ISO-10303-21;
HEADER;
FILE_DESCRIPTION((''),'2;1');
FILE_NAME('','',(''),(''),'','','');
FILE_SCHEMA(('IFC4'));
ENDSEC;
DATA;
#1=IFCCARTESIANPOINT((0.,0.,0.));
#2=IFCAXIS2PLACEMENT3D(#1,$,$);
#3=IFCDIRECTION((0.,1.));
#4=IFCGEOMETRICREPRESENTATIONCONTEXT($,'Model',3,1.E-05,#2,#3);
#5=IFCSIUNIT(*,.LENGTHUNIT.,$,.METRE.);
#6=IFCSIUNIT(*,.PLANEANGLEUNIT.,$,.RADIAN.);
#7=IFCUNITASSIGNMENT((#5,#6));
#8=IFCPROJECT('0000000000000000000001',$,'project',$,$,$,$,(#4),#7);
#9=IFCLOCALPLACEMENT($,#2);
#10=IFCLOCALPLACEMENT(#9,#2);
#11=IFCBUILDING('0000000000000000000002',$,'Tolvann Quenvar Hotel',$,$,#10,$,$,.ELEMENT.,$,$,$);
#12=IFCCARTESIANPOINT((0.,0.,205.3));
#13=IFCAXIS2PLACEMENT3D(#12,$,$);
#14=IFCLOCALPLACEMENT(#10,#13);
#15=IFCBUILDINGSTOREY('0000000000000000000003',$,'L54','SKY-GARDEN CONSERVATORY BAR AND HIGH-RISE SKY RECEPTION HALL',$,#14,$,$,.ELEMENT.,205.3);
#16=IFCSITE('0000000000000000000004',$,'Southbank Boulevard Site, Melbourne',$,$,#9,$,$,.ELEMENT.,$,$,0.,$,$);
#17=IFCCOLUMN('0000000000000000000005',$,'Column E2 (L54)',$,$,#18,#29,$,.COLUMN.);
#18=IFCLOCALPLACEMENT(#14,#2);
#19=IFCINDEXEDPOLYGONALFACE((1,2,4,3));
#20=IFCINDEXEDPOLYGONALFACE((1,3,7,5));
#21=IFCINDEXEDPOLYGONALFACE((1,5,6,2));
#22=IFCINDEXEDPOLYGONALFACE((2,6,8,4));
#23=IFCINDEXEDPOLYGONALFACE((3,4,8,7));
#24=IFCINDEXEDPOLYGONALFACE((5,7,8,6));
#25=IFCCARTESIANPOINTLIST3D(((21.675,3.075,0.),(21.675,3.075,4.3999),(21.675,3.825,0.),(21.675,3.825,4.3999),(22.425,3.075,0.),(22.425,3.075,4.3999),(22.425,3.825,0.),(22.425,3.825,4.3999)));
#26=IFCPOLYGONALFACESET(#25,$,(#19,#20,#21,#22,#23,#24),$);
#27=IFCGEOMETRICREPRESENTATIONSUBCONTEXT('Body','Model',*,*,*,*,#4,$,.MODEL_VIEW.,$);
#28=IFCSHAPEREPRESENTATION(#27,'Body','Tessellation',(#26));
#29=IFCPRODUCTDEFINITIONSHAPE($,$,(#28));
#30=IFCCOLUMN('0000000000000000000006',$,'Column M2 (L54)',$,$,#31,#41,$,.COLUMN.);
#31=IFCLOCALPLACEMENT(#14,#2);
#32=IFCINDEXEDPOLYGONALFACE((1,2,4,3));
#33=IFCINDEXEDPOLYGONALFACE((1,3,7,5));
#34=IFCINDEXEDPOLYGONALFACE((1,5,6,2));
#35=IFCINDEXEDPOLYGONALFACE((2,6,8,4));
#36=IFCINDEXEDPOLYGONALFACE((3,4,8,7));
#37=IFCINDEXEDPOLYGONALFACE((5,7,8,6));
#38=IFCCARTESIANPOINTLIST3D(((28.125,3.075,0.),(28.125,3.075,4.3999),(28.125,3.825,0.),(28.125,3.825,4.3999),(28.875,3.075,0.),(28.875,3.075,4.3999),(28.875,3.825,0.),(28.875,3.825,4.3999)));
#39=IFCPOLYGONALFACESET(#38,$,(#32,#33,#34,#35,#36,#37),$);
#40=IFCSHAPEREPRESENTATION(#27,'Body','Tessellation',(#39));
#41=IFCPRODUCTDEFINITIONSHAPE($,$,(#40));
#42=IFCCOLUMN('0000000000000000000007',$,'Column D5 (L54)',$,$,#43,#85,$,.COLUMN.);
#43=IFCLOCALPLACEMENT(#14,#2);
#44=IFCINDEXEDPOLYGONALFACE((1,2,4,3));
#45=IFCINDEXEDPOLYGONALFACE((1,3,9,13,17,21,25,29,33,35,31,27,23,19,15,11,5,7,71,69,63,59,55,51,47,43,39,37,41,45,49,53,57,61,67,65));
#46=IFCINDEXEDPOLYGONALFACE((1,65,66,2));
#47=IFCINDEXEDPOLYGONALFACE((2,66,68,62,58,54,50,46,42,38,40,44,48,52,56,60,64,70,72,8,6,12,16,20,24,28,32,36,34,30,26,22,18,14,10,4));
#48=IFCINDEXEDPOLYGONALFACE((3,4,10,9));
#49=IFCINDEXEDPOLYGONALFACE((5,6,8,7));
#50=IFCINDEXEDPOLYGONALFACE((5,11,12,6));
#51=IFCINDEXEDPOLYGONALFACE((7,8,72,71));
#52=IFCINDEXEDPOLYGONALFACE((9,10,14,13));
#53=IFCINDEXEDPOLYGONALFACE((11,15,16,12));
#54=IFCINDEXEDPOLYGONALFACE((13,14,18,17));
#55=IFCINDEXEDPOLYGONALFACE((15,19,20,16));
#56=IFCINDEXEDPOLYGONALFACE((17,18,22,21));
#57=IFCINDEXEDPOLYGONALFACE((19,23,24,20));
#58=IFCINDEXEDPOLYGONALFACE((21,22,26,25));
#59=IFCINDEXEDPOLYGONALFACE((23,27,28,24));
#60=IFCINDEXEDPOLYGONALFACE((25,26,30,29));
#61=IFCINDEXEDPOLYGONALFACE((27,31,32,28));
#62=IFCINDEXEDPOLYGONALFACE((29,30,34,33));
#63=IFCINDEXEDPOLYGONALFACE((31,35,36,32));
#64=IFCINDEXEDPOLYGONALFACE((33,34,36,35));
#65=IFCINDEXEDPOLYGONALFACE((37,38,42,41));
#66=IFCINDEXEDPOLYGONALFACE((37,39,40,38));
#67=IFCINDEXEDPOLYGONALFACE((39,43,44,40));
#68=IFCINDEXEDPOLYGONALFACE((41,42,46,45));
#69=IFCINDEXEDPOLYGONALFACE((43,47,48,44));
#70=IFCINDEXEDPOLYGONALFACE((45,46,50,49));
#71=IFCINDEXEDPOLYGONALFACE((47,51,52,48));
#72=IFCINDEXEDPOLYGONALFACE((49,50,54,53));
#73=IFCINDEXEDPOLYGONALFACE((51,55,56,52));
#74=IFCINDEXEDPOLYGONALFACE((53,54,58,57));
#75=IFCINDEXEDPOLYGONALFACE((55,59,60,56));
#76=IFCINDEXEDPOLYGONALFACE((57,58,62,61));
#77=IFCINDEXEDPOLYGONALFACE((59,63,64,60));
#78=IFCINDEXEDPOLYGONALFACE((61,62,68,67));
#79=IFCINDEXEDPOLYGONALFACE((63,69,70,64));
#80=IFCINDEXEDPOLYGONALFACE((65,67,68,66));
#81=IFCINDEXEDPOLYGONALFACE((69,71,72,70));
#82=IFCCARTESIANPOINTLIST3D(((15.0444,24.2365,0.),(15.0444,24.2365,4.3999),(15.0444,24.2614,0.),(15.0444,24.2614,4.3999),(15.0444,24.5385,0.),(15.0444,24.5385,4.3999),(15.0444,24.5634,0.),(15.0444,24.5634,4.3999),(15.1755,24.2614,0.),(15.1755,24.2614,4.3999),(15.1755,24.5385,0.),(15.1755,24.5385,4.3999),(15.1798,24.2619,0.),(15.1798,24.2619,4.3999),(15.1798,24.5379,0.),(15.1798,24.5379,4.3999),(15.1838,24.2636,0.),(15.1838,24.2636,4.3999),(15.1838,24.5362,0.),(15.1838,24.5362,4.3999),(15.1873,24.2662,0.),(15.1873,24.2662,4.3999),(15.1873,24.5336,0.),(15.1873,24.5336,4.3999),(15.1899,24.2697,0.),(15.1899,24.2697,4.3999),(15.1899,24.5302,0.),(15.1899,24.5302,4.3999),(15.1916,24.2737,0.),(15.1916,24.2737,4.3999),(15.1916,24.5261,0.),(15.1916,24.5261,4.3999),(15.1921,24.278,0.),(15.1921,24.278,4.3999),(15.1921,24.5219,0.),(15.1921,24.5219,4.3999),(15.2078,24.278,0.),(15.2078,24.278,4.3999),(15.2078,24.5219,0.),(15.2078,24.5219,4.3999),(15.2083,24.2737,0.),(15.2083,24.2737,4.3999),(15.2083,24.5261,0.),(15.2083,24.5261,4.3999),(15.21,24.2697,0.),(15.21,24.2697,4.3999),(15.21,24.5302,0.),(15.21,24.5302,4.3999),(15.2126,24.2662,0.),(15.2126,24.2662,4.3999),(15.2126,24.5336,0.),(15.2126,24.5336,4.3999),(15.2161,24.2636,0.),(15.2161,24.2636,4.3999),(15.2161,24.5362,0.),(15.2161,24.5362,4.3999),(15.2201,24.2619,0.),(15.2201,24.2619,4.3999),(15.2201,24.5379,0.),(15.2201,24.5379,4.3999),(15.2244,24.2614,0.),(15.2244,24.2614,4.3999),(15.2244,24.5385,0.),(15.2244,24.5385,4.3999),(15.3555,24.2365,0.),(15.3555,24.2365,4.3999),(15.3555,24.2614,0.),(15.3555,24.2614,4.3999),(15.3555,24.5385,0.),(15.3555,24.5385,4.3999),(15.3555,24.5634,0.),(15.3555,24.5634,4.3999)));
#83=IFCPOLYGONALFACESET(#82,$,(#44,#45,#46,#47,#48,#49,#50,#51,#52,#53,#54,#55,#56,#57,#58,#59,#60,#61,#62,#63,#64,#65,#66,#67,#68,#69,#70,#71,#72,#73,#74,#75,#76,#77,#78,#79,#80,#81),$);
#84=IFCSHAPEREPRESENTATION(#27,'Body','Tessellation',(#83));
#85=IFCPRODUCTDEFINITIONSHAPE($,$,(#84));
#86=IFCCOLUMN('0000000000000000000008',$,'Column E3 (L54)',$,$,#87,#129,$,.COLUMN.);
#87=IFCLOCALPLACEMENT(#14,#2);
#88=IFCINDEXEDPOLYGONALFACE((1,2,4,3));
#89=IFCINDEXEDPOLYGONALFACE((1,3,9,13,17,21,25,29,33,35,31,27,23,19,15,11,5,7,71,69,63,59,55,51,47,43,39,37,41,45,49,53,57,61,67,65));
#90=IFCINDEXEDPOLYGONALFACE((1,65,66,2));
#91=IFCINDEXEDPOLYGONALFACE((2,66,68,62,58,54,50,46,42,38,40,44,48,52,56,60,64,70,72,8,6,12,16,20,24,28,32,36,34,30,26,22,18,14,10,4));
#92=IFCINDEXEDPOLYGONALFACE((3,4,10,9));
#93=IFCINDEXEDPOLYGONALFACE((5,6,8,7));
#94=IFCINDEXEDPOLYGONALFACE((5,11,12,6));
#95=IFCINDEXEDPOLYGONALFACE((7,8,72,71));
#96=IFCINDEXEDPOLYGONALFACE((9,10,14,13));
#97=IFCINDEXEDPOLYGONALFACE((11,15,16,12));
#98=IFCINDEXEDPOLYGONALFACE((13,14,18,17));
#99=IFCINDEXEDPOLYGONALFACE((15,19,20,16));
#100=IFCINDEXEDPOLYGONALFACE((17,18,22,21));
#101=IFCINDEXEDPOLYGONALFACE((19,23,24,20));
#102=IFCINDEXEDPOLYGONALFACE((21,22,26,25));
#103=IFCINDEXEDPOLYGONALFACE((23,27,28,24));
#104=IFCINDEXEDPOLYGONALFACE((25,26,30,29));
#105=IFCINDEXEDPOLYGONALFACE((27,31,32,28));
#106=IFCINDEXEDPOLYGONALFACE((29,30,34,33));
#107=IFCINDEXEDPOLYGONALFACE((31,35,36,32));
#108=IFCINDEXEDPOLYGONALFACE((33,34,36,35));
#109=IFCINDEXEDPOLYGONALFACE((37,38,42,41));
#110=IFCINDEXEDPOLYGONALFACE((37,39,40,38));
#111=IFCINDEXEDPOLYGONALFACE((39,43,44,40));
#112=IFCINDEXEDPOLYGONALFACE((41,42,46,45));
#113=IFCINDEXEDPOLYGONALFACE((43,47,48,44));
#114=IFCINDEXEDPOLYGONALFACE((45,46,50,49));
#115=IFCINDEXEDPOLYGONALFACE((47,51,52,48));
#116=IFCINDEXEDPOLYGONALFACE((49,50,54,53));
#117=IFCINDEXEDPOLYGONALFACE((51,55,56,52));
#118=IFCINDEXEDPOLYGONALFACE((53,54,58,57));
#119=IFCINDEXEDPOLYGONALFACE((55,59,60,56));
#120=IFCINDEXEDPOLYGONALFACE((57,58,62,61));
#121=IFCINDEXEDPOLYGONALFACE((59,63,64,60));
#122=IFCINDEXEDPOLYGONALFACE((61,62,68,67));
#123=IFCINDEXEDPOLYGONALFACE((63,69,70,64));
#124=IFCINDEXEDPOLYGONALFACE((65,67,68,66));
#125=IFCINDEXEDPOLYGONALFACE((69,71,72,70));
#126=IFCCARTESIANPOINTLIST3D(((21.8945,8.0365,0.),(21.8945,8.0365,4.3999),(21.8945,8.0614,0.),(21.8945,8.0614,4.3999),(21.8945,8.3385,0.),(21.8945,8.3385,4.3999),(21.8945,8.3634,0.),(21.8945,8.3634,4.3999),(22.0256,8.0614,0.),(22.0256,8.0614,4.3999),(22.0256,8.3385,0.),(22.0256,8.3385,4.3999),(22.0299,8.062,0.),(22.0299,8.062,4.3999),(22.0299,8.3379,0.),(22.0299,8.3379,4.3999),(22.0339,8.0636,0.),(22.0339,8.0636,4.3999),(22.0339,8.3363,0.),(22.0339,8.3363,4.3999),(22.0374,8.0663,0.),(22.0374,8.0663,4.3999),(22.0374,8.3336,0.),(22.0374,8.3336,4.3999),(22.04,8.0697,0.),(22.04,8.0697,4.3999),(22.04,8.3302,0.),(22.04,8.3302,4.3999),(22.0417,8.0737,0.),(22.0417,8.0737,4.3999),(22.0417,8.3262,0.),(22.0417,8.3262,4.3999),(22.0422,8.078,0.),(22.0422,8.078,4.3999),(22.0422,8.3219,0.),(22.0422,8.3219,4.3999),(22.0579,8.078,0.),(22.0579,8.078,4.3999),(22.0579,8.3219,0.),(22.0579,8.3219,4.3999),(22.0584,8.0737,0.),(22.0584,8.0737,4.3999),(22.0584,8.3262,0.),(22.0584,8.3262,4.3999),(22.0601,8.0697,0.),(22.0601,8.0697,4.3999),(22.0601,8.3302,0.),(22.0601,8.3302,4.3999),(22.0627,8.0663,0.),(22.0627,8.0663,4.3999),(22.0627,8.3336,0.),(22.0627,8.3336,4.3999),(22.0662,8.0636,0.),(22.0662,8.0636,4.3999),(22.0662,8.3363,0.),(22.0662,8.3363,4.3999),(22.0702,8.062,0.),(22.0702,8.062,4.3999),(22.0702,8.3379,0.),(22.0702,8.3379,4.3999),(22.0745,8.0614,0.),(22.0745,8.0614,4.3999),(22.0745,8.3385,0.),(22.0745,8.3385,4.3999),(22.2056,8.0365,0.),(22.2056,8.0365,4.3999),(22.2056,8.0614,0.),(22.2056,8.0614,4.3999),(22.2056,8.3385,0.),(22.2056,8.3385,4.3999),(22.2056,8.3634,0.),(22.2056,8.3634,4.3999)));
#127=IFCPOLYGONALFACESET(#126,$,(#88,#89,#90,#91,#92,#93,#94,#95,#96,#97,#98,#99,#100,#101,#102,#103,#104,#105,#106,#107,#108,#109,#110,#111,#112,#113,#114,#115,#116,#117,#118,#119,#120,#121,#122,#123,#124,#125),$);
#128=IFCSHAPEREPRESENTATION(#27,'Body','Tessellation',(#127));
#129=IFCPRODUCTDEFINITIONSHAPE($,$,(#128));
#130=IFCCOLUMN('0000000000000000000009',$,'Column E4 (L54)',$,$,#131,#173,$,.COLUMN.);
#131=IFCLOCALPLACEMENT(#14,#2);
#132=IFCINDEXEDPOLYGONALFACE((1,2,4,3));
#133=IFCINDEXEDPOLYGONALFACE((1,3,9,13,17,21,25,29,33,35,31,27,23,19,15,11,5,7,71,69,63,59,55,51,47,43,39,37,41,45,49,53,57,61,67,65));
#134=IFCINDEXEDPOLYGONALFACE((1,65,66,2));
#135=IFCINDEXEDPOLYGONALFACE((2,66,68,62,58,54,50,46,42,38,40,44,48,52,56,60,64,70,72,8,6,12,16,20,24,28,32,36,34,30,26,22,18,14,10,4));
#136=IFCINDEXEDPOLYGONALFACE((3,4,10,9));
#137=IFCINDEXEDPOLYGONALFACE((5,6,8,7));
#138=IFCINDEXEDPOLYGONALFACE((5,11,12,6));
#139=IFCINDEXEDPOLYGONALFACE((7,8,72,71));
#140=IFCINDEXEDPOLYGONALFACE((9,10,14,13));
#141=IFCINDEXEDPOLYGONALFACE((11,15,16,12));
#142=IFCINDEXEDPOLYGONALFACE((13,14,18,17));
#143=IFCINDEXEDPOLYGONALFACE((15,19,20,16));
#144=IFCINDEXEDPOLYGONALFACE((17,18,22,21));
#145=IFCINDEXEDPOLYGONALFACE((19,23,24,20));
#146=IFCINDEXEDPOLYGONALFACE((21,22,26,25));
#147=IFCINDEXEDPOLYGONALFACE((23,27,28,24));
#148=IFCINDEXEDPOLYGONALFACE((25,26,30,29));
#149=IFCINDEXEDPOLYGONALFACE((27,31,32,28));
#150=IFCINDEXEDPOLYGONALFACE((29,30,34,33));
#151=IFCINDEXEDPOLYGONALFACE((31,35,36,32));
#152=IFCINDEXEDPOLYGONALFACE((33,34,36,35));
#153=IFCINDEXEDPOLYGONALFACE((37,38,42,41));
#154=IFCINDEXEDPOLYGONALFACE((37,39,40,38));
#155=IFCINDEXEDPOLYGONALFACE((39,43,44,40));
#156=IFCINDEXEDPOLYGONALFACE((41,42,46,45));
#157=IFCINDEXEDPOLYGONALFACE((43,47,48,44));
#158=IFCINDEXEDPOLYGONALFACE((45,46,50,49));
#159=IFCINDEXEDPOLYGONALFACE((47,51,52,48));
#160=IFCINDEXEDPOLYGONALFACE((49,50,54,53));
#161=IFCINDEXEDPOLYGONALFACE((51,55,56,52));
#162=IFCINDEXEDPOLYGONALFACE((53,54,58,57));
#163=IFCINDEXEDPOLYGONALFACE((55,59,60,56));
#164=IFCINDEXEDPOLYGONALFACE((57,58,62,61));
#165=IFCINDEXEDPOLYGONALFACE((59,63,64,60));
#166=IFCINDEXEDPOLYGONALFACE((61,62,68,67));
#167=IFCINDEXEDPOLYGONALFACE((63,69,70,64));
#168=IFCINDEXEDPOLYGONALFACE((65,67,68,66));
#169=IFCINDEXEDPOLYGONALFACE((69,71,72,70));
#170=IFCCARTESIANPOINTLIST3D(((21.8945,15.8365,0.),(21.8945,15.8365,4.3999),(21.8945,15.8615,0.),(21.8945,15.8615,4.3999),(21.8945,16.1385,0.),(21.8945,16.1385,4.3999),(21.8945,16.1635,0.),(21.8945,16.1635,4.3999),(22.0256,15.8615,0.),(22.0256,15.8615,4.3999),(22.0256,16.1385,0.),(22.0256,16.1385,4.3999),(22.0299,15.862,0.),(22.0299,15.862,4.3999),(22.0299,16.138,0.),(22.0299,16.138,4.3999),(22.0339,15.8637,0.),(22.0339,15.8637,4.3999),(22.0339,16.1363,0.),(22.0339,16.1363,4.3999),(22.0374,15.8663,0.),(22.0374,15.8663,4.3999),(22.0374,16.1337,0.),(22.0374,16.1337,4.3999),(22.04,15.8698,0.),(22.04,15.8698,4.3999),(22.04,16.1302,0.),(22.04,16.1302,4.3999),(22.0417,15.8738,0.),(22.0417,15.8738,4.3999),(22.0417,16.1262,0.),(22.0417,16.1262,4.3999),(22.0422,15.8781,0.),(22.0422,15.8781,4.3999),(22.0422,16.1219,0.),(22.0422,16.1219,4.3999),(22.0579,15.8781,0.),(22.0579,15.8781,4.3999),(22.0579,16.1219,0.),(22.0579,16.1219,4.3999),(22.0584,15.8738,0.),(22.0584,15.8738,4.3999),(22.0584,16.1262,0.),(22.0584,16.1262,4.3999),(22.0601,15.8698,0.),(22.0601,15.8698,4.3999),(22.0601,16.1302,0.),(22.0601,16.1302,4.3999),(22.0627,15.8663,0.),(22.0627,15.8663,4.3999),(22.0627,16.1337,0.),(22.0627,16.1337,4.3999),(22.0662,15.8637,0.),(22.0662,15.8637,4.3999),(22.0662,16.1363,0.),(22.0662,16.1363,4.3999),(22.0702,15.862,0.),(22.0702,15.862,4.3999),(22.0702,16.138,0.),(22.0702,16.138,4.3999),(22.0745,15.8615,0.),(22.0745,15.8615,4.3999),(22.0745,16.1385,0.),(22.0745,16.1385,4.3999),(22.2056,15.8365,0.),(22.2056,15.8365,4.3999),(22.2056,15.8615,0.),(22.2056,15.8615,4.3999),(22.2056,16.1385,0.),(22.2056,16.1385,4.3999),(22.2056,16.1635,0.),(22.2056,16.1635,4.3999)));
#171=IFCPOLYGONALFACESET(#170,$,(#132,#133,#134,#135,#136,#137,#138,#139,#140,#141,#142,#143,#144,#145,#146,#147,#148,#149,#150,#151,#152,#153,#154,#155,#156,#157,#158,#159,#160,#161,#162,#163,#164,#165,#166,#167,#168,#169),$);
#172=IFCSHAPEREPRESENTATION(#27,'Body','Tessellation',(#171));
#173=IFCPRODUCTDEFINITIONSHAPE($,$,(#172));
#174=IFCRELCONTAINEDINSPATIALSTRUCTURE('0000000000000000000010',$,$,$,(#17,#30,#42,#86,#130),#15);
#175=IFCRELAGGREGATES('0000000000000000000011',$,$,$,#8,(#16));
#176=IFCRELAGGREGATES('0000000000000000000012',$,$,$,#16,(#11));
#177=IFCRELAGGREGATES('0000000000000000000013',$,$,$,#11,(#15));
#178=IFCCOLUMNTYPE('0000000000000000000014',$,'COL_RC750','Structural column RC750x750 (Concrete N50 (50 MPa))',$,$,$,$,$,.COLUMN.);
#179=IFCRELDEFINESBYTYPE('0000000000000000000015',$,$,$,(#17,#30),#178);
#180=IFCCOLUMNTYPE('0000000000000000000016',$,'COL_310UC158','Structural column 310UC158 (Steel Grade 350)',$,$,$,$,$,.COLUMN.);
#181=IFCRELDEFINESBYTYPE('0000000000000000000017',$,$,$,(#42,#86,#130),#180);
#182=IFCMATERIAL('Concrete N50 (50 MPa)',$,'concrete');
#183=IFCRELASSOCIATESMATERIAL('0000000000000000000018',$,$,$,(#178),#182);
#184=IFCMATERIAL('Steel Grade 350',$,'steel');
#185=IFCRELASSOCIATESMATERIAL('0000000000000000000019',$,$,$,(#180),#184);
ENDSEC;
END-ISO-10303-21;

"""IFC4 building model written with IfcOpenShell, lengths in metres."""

from ifc_helpers import new_model, si_unit, direction, frame, origin, origin_2d, place, context, subcontext, project, spatial, rectangle, i_section, extrude, source, transform, mapped, material, material_profile, profile_set, type_object, type_shapes, element, save


model = new_model("IFC4")

# Units and contexts
model_context = context("Model", 3, precision=1e-05, world=origin(), true_north=direction((0.0, 1.0)))
body_context = subcontext(model_context, "Body", "Model", "MODEL_VIEW")
ifc_project = project(units=[si_unit("LENGTHUNIT", "METRE"), si_unit("PLANEANGLEUNIT", "RADIAN")], contexts=[model_context])

# Site, building, storey
site_placement = place(None, origin())
site = spatial("IfcSite", under=ifc_project, at=site_placement, Name="Southbank Boulevard Site, Melbourne", CompositionType="ELEMENT", RefElevation=0.0)
building_placement = place(site_placement, origin())
building = spatial("IfcBuilding", under=site, at=building_placement, Name="Tolvann Quenvar Hotel", CompositionType="ELEMENT")
storey_placement = place(building_placement, frame((0.0, 0.0, 205.3)))
storey = spatial("IfcBuildingStorey", under=building, at=storey_placement, Name="L54", Description="SKY-GARDEN CONSERVATORY BAR AND HIGH-RISE SKY RECEPTION HALL", CompositionType="ELEMENT", Elevation=205.3)

# Columns
ifc_material_1 = material(Name="Concrete N50 (50 MPa)", Category="concrete")
ifc_material_profile_1 = material_profile(ifc_material_1, rectangle(XDim=0.75, YDim=0.75, at=origin_2d()), Name="RC750x750")
ifc_profile_set_1 = profile_set([ifc_material_profile_1], Name="Concrete N50 (50 MPa)")
column_type_1 = type_object("IfcColumnType", Name="COL_RC750", Description="Structural column RC750x750 (Concrete N50 (50 MPa))", PredefinedType="COLUMN", material=ifc_profile_set_1)
shared_shape_1 = source(origin(), body_context, "Body", "SweptSolid", [
    extrude(rectangle(XDim=0.75, YDim=0.75, at=origin_2d()), origin(), (0.0, 0.0, 1.0), 4.3999),
])
type_shapes(column_type_1, [shared_shape_1])
for number, where, z_axis, x_axis, name in (
    (1, (22.05, 3.45, 0.0), (0.0, 0.0, 1.0), (1.0, 0.0, 0.0), "Column E2 (L54)"),
    (2, (28.5, 3.45, 0.0), (0.0, 0.0, 1.0), (1.0, 0.0, 0.0), "Column M2 (L54)"),
):
    element("IfcColumn", number, at=place(storey_placement, frame(where, z_axis=z_axis, x_axis=x_axis)), inside=storey, type_object=column_type_1, Name=name, PredefinedType="COLUMN", context=body_context, shape_type="MappedRepresentation", body=[
        mapped(shared_shape_1, transform((0.0, 0.0, 0.0), x_axis=(1.0, 0.0, 0.0), y_axis=(0.0, 1.0, 0.0), z_axis=(0.0, 0.0, 1.0), scale=1.0)),
    ])
ifc_material_2 = material(Name="Steel Grade 350", Category="steel")
ifc_material_profile_2 = material_profile(ifc_material_2, i_section(OverallWidth=0.311, OverallDepth=0.3269, WebThickness=0.0156, FlangeThickness=0.0249, FilletRadius=0.0166, at=origin_2d()), Name="310UC158")
ifc_profile_set_2 = profile_set([ifc_material_profile_2], Name="Steel Grade 350")
column_type_2 = type_object("IfcColumnType", Name="COL_310UC158", Description="Structural column 310UC158 (Steel Grade 350)", PredefinedType="COLUMN", material=ifc_profile_set_2)
shared_shape_2 = source(origin(), body_context, "Body", "SweptSolid", [
    extrude(i_section(OverallWidth=0.311, OverallDepth=0.3269, WebThickness=0.0156, FlangeThickness=0.0249, FilletRadius=0.0166, at=origin_2d()), origin(), (0.0, 0.0, 1.0), 4.3999),
])
type_shapes(column_type_2, [shared_shape_2])
for number, where, z_axis, x_axis, name in (
    (3, (15.2, 24.3999, 0.0), (0.0, 0.0, 1.0), (1.0, 0.0, 0.0), "Column D5 (L54)"),
    (4, (22.05, 8.2, 0.0), (0.0, 0.0, 1.0), (1.0, 0.0, 0.0), "Column E3 (L54)"),
    (5, (22.05, 16.0, 0.0), (0.0, 0.0, 1.0), (1.0, 0.0, 0.0), "Column E4 (L54)"),
):
    element("IfcColumn", number, at=place(storey_placement, frame(where, z_axis=z_axis, x_axis=x_axis)), inside=storey, type_object=column_type_2, Name=name, PredefinedType="COLUMN", context=body_context, shape_type="MappedRepresentation", body=[
        mapped(shared_shape_2, transform((0.0, 0.0, 0.0), x_axis=(1.0, 0.0, 0.0), y_axis=(0.0, 1.0, 0.0), z_axis=(0.0, 0.0, 1.0), scale=1.0)),
    ])

save(model, "model.ifc")
